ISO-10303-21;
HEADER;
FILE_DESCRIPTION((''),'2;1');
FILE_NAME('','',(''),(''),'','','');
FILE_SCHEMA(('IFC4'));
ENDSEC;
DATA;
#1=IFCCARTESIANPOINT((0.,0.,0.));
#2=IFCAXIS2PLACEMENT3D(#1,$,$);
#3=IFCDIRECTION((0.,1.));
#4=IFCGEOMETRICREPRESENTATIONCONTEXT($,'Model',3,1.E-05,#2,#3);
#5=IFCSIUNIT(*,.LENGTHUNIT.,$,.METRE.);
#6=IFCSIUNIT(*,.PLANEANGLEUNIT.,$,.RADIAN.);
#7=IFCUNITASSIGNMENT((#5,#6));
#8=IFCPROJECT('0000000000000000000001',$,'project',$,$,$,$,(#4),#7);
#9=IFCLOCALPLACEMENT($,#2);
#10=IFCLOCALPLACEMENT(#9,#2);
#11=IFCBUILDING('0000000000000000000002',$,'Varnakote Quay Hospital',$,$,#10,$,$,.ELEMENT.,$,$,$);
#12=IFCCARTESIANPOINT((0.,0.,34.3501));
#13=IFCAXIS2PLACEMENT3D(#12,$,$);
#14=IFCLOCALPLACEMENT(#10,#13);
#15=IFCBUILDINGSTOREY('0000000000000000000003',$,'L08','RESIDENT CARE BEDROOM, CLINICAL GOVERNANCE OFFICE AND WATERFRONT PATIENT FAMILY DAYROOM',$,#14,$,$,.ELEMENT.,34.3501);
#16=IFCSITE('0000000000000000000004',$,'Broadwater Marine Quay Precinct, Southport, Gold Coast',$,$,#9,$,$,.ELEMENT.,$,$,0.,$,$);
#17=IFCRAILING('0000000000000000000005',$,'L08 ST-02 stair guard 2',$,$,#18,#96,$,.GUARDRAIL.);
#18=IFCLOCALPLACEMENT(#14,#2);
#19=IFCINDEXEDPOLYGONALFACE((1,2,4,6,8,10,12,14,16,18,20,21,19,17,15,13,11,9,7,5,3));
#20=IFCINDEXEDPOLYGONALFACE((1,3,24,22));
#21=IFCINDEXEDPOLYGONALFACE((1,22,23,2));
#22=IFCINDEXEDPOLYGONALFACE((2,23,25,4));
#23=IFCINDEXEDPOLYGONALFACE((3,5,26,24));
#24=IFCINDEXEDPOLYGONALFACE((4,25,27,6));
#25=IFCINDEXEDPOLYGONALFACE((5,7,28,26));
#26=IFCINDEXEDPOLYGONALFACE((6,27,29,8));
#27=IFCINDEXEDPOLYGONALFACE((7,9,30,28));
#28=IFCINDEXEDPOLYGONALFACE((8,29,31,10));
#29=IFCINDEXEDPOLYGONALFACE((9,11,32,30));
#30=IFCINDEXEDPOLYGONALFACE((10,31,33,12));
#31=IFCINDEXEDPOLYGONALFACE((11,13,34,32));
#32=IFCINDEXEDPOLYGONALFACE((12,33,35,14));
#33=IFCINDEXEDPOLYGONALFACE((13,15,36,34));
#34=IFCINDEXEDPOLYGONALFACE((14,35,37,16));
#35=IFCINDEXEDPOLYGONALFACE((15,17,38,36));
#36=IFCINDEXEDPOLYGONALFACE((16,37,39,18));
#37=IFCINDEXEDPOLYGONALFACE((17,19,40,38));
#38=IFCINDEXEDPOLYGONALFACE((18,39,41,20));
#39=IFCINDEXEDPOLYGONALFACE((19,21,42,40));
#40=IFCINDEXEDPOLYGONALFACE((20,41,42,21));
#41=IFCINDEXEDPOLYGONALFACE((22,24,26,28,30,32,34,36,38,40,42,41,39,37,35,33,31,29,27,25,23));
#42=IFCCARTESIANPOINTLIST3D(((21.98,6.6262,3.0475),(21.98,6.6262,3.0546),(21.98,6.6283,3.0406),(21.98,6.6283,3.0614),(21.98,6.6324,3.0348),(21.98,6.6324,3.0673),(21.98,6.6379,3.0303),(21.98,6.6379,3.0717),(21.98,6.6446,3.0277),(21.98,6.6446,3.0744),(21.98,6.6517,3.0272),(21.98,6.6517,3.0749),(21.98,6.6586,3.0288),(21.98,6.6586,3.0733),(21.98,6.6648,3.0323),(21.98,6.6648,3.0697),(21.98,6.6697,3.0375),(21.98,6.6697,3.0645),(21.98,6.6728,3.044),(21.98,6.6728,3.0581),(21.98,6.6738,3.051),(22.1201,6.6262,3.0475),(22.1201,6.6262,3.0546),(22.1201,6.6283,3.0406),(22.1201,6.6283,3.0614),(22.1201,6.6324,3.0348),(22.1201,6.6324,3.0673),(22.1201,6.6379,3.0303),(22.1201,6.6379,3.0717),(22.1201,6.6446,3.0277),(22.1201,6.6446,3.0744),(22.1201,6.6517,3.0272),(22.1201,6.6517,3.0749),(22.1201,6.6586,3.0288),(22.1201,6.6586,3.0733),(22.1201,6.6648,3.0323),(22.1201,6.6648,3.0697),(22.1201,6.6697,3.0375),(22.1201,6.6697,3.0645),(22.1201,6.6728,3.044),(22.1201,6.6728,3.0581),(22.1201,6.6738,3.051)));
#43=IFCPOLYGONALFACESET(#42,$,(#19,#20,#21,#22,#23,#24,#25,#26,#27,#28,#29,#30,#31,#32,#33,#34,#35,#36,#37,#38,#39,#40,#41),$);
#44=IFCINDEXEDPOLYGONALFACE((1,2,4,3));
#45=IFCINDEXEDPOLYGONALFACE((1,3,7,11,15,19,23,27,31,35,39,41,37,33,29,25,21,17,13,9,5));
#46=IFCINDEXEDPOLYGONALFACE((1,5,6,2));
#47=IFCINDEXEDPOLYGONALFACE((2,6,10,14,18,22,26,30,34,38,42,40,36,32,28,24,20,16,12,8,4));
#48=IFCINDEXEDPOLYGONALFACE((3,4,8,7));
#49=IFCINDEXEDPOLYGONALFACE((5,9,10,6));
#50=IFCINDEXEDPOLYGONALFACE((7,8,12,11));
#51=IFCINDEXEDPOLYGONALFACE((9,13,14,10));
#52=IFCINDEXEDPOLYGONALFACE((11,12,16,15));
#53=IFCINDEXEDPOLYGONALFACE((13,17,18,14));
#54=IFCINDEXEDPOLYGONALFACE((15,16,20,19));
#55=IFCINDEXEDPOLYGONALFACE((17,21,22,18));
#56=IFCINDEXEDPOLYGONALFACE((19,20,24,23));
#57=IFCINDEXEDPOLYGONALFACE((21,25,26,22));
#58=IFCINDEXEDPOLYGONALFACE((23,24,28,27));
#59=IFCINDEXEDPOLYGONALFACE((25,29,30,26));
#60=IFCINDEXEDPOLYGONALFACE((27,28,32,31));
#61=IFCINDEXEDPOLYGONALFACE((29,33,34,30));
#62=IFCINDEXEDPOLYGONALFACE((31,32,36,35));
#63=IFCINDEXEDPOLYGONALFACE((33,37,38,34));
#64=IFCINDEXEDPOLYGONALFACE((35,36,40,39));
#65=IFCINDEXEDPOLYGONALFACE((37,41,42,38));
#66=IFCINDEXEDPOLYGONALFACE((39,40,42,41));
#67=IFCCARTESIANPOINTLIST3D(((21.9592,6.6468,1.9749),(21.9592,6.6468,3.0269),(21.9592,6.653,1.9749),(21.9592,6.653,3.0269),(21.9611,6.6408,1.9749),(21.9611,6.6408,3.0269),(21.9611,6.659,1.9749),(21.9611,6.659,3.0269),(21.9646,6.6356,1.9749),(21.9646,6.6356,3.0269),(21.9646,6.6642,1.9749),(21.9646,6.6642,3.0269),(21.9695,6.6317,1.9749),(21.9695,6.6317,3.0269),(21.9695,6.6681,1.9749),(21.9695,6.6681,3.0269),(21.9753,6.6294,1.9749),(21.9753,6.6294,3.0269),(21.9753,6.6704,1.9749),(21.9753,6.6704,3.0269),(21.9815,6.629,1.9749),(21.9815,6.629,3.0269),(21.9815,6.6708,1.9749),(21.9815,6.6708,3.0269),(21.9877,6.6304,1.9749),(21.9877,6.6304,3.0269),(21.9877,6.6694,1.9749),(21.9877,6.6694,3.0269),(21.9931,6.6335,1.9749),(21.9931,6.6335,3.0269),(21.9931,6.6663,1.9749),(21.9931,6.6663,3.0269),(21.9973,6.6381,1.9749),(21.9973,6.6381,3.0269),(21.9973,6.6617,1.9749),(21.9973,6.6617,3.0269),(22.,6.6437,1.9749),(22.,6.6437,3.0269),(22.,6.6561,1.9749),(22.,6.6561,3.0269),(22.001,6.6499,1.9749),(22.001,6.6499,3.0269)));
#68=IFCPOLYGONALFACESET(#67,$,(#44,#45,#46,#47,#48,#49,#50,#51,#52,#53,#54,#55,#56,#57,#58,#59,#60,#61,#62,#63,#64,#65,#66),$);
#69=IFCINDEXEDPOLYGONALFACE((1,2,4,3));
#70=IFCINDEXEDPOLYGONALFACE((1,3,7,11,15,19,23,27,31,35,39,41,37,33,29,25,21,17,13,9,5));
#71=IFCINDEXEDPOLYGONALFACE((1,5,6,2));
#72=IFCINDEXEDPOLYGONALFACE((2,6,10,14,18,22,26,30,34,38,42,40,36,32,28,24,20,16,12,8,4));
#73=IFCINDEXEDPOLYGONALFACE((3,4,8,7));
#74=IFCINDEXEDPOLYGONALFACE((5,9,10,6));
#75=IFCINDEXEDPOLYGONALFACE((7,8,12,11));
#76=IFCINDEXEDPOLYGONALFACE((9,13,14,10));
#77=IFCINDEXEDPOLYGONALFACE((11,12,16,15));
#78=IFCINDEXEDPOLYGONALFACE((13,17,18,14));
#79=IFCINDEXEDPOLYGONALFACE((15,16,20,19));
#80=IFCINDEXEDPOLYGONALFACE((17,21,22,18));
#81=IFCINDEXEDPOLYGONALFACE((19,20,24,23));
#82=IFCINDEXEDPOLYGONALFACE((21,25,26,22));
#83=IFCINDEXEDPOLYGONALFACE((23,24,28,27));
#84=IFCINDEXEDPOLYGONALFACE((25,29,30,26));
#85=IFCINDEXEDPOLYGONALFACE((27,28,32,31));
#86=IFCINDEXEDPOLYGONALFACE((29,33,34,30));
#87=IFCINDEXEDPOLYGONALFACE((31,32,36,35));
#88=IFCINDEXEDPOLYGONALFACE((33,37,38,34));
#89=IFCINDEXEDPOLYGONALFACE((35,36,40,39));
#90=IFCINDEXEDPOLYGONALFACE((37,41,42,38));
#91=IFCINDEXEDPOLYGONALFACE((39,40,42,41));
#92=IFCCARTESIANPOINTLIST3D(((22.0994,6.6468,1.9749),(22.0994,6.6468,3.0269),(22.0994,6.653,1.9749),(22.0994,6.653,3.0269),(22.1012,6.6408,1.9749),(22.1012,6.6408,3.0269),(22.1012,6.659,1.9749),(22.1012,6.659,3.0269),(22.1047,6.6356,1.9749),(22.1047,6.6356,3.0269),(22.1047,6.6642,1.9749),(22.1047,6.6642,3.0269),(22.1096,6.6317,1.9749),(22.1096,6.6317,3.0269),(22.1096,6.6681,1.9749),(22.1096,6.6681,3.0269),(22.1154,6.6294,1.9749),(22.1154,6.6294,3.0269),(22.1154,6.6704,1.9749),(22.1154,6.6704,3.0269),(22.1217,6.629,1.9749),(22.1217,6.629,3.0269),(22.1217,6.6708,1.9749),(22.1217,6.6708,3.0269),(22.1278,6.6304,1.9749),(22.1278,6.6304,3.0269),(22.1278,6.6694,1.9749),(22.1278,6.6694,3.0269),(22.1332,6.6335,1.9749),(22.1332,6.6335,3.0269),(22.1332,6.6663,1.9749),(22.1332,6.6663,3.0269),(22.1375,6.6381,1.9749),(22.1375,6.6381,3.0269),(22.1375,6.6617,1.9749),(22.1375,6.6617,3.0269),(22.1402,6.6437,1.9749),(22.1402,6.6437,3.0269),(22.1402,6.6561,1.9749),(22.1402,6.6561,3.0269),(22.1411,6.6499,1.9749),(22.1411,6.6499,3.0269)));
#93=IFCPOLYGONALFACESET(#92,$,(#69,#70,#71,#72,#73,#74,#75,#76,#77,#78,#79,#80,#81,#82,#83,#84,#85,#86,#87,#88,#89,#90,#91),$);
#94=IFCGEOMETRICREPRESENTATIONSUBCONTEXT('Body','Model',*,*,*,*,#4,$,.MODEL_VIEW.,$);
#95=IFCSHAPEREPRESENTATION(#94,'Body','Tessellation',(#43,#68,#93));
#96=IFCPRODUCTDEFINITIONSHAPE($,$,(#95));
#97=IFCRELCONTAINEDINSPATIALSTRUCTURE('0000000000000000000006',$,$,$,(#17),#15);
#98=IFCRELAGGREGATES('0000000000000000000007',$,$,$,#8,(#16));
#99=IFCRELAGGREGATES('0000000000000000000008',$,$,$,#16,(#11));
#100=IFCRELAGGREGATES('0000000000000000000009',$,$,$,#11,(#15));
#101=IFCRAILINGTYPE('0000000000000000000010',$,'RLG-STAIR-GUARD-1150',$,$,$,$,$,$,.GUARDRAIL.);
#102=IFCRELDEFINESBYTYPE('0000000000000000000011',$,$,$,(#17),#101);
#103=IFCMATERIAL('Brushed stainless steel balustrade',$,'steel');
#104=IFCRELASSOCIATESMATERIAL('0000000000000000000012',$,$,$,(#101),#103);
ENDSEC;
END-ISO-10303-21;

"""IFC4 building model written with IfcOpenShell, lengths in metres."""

from ifc_helpers import new_model, si_unit, direction, frame, origin, origin_2d, place, context, subcontext, project, spatial, circle, extrude, material, type_object, element, save


model = new_model("IFC4")

# Units and contexts
model_context = context("Model", 3, precision=1e-05, world=origin(), true_north=direction((0.0, 1.0)))
body_context = subcontext(model_context, "Body", "Model", "MODEL_VIEW")
ifc_project = project(units=[si_unit("LENGTHUNIT", "METRE"), si_unit("PLANEANGLEUNIT", "RADIAN")], contexts=[model_context])

# Site, building, storey
site_placement = place(None, origin())
site = spatial("IfcSite", under=ifc_project, at=site_placement, Name="Broadwater Marine Quay Precinct, Southport, Gold Coast", CompositionType="ELEMENT", RefElevation=0.0)
building_placement = place(site_placement, origin())
building = spatial("IfcBuilding", under=site, at=building_placement, Name="Varnakote Quay Hospital", CompositionType="ELEMENT")
storey_placement = place(building_placement, frame((0.0, 0.0, 34.3501)))
storey = spatial("IfcBuildingStorey", under=building, at=storey_placement, Name="L08", Description="RESIDENT CARE BEDROOM, CLINICAL GOVERNANCE OFFICE AND WATERFRONT PATIENT FAMILY DAYROOM", CompositionType="ELEMENT", Elevation=34.3501)

# Railing
ifc_material_1 = material(Name="Brushed stainless steel balustrade", Category="steel")
railing_type_1 = type_object("IfcRailingType", Name="RLG-STAIR-GUARD-1150", PredefinedType="GUARDRAIL", material=ifc_material_1)
railing_1_placement = place(storey_placement, frame((21.98, 6.6499, 1.9749)))
element("IfcRailing", 1, at=railing_1_placement, inside=storey, type_object=railing_type_1, Name="L08 ST-02 stair guard 2", PredefinedType="GUARDRAIL", context=body_context, shape_type="SweptSolid", body=[
    extrude(circle(Radius=0.0239, at=origin_2d()), frame((0.0, 0.0, 1.0762), z_axis=(1.0, 0.0, 0.0), x_axis=(0.0, 1.0, 0.0)), (0.0, 0.0, 1.0), 0.1401),
    extrude(circle(Radius=0.021, at=origin_2d()), origin(), (0.0, 0.0, 1.0), 1.052),
    extrude(circle(Radius=0.021, at=origin_2d()), frame((0.1401, 0.0, 0.0)), (0.0, 0.0, 1.0), 1.052),
])

save(model, "model.ifc")
